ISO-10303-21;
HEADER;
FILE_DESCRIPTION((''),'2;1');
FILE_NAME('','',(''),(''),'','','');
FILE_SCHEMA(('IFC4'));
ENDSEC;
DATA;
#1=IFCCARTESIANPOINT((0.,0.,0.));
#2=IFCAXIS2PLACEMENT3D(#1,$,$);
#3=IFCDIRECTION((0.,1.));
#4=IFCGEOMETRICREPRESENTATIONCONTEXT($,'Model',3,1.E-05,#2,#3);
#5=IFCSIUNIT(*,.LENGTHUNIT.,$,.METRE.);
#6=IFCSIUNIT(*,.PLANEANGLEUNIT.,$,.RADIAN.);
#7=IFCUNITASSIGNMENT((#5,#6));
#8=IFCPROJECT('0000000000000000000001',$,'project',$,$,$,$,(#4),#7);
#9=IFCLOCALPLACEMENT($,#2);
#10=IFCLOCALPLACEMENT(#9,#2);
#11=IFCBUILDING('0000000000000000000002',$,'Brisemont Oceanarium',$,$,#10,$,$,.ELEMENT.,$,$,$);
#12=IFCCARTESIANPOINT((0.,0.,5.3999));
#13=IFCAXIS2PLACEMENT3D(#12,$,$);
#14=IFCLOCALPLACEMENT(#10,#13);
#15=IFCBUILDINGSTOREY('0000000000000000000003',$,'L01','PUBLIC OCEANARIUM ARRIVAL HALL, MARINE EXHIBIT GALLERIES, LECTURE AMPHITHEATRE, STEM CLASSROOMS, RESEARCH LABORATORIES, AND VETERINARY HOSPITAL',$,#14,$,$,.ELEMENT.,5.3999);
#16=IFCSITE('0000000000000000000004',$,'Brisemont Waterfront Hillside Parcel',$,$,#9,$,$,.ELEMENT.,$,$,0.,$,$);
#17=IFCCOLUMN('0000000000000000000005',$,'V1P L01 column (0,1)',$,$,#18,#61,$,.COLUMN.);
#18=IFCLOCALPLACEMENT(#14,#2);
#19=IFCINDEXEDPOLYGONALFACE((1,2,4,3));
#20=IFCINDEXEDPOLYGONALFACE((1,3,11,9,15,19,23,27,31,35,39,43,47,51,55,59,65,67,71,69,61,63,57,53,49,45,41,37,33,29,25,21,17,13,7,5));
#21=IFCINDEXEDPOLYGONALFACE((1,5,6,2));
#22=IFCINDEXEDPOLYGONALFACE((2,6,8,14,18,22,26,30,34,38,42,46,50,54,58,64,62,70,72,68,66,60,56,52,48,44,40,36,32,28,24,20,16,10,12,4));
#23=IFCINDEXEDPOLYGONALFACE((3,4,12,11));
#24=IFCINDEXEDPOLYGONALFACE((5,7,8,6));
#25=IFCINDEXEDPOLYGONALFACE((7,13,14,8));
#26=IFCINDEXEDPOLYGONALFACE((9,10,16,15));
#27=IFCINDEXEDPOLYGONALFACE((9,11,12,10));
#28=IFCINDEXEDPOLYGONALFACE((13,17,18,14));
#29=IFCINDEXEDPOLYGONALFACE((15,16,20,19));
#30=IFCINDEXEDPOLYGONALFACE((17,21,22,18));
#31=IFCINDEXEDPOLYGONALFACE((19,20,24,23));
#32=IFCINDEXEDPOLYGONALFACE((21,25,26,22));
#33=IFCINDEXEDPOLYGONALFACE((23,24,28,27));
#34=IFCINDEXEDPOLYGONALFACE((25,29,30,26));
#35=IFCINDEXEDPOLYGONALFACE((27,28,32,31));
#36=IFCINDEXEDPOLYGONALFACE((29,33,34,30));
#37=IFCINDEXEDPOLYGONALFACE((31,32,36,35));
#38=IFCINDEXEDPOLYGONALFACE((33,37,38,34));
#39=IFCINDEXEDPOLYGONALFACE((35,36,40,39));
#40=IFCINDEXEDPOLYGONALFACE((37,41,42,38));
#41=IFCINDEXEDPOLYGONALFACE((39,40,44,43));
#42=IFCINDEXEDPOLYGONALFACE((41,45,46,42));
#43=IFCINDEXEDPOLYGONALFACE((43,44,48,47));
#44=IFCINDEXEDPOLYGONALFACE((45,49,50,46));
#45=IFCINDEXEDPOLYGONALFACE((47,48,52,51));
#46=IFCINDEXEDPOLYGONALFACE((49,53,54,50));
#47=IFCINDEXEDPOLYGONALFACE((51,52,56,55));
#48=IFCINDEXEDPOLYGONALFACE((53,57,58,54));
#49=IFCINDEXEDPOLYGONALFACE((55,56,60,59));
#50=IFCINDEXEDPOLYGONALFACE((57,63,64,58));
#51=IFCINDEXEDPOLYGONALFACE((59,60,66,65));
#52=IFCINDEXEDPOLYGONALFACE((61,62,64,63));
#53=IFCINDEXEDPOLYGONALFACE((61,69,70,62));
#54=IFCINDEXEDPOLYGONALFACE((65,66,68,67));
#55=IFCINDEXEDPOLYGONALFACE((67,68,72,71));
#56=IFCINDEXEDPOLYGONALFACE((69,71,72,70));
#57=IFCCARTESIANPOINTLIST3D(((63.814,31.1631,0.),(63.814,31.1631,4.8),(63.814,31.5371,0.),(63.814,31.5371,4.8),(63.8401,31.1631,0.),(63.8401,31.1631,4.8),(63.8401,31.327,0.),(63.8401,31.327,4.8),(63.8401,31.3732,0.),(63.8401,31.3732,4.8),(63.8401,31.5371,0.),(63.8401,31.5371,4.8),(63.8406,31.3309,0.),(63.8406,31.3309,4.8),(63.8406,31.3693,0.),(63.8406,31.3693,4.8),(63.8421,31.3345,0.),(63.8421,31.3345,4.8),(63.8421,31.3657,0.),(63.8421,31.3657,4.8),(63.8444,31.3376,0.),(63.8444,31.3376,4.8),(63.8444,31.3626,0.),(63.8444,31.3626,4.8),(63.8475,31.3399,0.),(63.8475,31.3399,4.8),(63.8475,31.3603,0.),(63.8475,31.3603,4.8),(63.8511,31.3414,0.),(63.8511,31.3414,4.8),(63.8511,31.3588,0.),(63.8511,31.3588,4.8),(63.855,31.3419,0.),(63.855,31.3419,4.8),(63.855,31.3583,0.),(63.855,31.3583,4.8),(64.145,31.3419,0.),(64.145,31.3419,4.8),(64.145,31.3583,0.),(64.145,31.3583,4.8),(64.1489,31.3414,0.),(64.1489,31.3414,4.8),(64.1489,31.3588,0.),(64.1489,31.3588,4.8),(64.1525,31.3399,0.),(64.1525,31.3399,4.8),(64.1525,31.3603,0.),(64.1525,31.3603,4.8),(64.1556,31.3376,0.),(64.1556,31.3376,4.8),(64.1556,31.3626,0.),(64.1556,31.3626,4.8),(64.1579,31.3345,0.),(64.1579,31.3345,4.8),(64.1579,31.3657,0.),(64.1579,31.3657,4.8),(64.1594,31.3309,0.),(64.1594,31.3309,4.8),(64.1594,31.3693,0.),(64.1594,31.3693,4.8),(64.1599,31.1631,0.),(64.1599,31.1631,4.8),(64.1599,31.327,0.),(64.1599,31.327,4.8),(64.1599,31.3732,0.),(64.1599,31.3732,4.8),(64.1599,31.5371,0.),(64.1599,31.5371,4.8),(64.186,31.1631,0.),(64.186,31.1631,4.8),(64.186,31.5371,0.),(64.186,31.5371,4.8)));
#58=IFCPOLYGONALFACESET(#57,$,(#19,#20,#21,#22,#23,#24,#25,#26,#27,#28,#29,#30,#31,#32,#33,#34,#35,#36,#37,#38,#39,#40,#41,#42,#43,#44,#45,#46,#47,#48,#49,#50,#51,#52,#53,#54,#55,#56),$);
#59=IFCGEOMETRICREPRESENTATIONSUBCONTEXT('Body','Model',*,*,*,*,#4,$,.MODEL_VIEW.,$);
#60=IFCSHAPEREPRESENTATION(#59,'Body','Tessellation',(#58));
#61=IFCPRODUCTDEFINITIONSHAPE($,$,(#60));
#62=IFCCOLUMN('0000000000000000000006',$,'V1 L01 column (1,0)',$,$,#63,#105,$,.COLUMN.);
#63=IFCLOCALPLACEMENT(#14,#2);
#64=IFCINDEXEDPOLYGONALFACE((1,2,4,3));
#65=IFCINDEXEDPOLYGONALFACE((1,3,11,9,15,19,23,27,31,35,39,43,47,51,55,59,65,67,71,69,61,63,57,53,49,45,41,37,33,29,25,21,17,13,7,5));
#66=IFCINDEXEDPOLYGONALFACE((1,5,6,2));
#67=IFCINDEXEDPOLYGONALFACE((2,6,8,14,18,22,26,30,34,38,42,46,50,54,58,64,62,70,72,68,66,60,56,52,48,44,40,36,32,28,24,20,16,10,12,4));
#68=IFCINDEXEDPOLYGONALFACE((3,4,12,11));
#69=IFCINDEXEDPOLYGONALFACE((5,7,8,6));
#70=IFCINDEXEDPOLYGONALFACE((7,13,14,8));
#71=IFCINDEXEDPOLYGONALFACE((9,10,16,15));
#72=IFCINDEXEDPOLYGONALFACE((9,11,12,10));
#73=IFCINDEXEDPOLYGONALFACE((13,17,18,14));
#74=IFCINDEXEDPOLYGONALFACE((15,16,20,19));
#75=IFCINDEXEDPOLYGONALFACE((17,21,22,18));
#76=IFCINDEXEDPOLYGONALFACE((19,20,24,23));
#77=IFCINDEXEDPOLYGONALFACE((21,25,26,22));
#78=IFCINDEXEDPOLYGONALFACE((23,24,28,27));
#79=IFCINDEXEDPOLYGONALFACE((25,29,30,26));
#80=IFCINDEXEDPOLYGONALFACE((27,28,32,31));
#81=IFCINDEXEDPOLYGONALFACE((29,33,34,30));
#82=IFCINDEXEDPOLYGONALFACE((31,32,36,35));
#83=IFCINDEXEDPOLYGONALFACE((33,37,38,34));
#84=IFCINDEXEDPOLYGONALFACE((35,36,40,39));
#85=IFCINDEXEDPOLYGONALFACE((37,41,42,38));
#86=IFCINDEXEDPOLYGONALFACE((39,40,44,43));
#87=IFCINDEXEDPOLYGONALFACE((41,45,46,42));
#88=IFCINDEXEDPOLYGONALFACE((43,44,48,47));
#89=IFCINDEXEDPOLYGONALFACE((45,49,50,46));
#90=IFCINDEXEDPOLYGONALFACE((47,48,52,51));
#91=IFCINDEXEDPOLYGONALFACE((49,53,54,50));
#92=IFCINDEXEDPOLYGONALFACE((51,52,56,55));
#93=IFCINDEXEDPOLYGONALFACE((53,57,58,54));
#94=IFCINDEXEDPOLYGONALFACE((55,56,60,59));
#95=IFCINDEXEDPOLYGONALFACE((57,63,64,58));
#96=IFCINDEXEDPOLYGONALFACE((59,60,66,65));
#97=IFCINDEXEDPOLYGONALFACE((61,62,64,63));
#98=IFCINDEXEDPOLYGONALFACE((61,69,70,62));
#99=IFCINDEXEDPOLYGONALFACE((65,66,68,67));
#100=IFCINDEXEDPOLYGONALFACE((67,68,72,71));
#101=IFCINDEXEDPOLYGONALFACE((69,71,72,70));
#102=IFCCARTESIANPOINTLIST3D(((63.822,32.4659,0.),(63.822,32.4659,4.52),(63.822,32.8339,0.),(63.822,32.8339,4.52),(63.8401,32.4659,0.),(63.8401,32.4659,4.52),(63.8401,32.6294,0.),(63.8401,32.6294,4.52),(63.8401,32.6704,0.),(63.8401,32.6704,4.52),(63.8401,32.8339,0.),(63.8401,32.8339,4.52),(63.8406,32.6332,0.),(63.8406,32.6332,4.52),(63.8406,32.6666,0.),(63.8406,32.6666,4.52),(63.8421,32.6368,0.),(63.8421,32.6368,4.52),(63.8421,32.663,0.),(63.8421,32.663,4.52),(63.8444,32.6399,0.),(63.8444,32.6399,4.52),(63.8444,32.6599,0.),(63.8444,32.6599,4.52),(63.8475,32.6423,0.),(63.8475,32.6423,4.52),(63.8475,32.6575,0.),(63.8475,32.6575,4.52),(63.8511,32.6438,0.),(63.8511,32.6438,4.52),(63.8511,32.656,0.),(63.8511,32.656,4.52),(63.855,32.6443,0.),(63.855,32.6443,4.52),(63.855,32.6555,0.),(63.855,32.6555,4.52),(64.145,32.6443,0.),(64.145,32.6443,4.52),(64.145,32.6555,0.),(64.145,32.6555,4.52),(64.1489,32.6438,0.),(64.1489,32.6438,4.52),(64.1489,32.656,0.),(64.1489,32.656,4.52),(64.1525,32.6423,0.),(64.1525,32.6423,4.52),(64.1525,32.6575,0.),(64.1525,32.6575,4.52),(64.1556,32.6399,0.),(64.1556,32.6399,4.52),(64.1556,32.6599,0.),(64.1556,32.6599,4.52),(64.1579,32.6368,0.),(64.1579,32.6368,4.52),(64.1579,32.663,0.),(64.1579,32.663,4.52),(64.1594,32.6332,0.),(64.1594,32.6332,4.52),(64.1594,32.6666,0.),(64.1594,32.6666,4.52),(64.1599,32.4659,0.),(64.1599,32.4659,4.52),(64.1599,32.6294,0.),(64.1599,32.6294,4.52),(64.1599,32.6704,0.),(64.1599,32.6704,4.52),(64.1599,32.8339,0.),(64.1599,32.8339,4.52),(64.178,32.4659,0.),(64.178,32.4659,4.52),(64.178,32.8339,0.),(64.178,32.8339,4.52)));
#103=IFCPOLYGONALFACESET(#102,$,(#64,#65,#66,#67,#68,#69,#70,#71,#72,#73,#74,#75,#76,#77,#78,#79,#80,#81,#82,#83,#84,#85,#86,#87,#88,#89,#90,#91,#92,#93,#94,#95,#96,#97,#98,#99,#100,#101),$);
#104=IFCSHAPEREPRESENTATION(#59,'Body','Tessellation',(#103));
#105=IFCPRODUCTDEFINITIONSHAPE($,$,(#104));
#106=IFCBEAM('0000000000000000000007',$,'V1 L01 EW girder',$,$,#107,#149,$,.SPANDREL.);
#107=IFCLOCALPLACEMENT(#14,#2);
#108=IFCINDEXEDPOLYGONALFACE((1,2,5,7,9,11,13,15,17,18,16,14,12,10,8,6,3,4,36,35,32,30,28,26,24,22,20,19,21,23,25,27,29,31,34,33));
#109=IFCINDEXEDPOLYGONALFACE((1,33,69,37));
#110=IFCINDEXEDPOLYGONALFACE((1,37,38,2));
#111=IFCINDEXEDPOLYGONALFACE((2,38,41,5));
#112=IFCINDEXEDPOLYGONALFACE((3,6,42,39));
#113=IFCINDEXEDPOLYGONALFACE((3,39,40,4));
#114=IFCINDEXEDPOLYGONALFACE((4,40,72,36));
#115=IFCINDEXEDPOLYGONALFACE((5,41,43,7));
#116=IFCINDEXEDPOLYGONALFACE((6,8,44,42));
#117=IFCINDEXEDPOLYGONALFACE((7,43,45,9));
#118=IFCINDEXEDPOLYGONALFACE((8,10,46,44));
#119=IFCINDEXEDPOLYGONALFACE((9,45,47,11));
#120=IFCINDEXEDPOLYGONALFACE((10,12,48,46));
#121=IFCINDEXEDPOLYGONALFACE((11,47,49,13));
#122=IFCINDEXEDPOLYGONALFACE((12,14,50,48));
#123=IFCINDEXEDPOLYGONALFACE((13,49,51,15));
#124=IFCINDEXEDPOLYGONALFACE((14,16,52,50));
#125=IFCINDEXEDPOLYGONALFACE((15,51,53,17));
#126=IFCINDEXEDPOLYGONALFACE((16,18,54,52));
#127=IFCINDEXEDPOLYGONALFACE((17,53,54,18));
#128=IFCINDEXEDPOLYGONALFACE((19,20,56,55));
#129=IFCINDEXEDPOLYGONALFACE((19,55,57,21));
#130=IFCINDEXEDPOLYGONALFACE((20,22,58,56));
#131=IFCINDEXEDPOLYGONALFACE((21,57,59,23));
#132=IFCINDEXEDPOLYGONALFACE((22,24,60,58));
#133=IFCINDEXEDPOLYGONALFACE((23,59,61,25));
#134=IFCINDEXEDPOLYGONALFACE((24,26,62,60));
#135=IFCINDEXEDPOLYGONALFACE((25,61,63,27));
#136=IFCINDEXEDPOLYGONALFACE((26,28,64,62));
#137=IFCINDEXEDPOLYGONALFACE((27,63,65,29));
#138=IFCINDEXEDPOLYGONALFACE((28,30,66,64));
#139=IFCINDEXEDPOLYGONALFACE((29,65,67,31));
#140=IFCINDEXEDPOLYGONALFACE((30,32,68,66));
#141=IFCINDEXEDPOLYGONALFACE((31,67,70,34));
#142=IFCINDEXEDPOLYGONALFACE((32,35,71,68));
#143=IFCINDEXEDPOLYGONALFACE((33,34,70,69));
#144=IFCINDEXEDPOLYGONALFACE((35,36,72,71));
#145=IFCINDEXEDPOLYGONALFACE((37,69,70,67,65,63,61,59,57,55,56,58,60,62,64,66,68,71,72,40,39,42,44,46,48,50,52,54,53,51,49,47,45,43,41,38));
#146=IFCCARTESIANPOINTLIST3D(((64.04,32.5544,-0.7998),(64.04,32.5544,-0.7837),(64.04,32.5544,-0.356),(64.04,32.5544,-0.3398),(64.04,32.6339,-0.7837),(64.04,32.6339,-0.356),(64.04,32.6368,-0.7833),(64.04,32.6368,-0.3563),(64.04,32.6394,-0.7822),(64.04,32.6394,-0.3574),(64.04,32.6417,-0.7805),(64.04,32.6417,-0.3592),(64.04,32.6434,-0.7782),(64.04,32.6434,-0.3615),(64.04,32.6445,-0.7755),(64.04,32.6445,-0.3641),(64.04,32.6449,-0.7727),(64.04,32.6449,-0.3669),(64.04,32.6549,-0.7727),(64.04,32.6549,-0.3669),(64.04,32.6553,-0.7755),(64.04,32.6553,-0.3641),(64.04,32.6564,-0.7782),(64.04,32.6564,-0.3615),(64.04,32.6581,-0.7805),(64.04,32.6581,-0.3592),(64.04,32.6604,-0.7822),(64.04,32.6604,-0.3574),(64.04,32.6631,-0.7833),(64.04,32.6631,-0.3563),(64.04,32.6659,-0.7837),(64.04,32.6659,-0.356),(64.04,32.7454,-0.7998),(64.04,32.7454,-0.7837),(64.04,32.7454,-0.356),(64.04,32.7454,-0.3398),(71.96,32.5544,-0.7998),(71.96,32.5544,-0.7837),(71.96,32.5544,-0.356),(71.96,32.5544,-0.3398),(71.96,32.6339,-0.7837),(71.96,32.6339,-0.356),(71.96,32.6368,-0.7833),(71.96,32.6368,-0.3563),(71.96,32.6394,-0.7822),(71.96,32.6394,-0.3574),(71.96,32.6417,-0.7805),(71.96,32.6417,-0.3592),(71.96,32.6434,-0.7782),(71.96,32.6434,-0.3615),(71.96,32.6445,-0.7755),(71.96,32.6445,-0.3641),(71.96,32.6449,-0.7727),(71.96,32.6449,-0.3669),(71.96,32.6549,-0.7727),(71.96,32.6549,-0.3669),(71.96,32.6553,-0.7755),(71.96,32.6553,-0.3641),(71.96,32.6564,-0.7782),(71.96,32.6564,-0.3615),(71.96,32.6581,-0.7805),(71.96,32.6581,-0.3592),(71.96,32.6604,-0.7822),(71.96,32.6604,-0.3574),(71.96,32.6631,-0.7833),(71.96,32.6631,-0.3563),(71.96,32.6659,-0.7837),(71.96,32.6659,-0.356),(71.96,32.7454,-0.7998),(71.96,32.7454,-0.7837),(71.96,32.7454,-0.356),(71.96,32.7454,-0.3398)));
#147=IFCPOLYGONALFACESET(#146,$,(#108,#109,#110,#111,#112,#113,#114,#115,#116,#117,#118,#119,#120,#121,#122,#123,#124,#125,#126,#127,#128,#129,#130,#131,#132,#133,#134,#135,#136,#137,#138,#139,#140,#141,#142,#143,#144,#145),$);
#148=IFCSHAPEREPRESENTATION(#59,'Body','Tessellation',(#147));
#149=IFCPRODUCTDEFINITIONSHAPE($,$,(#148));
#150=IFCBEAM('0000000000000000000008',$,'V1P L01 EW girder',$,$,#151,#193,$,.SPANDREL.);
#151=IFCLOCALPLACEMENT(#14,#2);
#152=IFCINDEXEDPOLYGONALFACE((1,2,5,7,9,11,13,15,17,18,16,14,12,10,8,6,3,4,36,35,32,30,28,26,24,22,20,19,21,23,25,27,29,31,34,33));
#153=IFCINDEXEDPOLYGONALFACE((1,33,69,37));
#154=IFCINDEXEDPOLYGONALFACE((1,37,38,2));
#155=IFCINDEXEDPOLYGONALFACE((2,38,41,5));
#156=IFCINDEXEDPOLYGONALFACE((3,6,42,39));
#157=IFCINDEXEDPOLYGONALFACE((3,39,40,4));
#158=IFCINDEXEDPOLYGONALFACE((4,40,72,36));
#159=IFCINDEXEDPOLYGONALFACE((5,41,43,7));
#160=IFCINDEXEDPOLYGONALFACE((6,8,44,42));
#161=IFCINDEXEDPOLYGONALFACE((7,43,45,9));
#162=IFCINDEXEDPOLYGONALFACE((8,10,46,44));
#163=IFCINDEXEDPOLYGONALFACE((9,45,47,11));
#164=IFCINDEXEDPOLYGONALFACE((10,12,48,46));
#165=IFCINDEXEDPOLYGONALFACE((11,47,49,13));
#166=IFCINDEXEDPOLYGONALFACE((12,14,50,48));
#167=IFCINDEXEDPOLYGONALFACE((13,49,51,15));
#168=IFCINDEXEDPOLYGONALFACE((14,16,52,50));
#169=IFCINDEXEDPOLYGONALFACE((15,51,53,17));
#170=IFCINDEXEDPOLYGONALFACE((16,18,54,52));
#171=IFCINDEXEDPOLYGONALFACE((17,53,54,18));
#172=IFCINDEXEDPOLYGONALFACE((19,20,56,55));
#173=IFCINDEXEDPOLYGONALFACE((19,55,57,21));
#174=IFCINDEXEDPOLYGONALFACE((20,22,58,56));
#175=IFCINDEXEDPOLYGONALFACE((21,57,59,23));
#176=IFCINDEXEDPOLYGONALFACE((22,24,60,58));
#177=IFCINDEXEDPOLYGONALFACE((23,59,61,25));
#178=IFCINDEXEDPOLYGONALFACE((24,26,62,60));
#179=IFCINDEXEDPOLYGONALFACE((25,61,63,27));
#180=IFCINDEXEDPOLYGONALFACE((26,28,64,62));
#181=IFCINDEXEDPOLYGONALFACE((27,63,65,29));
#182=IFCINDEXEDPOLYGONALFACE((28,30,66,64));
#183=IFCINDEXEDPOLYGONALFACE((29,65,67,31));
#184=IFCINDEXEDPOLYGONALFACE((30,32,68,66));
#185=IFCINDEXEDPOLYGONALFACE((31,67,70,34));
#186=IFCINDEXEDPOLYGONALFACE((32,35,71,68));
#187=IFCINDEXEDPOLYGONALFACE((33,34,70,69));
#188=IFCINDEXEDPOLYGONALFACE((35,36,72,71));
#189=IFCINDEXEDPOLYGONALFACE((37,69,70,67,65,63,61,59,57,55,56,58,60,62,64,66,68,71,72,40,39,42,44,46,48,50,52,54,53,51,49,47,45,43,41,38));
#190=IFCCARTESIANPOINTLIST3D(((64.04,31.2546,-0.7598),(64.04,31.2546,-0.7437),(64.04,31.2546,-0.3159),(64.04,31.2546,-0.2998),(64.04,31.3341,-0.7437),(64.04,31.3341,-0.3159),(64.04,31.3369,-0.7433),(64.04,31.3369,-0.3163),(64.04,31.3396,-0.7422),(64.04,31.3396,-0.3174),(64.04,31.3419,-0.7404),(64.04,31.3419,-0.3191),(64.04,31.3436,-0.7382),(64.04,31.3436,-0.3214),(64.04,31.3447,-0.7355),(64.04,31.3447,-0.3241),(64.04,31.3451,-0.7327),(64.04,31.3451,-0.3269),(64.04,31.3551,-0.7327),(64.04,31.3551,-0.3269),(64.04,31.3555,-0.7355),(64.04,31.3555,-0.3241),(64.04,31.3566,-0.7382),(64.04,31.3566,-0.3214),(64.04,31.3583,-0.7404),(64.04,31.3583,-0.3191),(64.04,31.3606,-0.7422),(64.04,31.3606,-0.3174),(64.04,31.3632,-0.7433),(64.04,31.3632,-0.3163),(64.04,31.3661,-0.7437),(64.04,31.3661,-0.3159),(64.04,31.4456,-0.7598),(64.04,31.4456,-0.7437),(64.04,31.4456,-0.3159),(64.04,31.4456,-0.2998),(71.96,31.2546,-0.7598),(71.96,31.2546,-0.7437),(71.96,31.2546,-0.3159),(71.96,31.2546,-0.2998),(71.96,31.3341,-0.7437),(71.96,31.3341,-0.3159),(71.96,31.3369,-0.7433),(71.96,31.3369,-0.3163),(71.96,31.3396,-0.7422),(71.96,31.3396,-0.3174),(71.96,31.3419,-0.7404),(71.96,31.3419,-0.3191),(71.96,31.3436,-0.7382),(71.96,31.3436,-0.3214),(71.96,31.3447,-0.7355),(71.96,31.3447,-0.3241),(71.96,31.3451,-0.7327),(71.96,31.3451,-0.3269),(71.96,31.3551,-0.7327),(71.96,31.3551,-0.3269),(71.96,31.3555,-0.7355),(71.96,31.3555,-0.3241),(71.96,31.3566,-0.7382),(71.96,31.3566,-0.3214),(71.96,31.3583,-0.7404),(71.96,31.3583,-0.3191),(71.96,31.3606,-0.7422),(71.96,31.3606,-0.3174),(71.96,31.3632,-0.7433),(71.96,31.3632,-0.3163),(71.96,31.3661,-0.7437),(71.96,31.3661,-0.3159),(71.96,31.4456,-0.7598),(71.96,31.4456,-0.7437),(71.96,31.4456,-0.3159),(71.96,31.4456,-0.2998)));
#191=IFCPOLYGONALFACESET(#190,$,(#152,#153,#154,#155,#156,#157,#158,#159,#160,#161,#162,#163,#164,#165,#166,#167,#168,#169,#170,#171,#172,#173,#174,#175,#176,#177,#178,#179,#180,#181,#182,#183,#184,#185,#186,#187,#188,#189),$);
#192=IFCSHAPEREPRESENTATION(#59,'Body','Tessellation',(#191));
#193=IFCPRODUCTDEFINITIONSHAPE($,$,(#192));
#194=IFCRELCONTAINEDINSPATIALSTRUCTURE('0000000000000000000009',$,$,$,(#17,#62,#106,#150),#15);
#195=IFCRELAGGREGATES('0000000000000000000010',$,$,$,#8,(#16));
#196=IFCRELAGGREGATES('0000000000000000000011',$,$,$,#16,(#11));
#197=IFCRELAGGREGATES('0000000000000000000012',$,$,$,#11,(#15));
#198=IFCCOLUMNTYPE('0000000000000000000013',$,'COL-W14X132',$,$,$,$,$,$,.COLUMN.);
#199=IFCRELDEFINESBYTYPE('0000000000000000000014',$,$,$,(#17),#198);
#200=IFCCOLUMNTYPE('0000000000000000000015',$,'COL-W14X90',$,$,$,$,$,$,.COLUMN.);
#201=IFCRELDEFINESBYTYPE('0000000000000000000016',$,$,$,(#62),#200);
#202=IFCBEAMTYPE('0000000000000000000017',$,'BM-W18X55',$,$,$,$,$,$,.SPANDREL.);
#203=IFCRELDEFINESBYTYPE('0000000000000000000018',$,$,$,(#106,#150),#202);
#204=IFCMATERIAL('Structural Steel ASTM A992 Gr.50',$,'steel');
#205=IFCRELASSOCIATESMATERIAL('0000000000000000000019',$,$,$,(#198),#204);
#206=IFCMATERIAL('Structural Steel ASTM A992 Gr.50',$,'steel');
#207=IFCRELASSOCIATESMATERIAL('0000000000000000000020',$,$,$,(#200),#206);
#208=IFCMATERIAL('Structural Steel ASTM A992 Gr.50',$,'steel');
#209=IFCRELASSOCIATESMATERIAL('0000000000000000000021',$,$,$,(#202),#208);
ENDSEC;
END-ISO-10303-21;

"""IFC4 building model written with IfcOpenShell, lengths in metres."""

from ifc_helpers import new_model, si_unit, direction, frame, origin, origin_2d, place, context, subcontext, project, spatial, i_section, extrude, material, material_profile, profile_set, type_object, element, save


model = new_model("IFC4")

# Units and contexts
model_context = context("Model", 3, precision=1e-05, world=origin(), true_north=direction((0.0, 1.0)))
body_context = subcontext(model_context, "Body", "Model", "MODEL_VIEW")
ifc_project = project(units=[si_unit("LENGTHUNIT", "METRE"), si_unit("PLANEANGLEUNIT", "RADIAN")], contexts=[model_context])

# Site, building, storey
site_placement = place(None, origin())
site = spatial("IfcSite", under=ifc_project, at=site_placement, Name="Brisemont Waterfront Hillside Parcel", CompositionType="ELEMENT", RefElevation=0.0)
building_placement = place(site_placement, origin())
building = spatial("IfcBuilding", under=site, at=building_placement, Name="Brisemont Oceanarium", CompositionType="ELEMENT")
storey_placement = place(building_placement, frame((0.0, 0.0, 5.3999)))
storey = spatial("IfcBuildingStorey", under=building, at=storey_placement, Name="L01", Description="PUBLIC OCEANARIUM ARRIVAL HALL, MARINE EXHIBIT GALLERIES, LECTURE AMPHITHEATRE, STEM CLASSROOMS, RESEARCH LABORATORIES, AND VETERINARY HOSPITAL", CompositionType="ELEMENT", Elevation=5.3999)

# Columns
ifc_material_1 = material(Name="Structural Steel ASTM A992 Gr.50", Category="steel")
ifc_material_profile_1 = material_profile(ifc_material_1, i_section(OverallWidth=0.374, OverallDepth=0.3721, WebThickness=0.0164, FlangeThickness=0.0261, FilletRadius=0.0149, at=origin_2d()), Name="W14X132")
ifc_profile_set_1 = profile_set([ifc_material_profile_1], Name="Structural Steel ASTM A992 Gr.50")
column_type_1 = type_object("IfcColumnType", Name="COL-W14X132", PredefinedType="COLUMN", material=ifc_profile_set_1)
column_1_placement = place(storey_placement, frame((64.0, 31.3501, 0.0), z_axis=(0.0, 0.0, 1.0), x_axis=(0.0, 1.0, 0.0)))
element("IfcColumn", 1, at=column_1_placement, inside=storey, type_object=column_type_1, Name="V1P L01 column (0,1)", PredefinedType="COLUMN", context=body_context, shape_type="SweptSolid", body=[
    extrude(i_section(OverallWidth=0.374, OverallDepth=0.3721, WebThickness=0.0164, FlangeThickness=0.0261, FilletRadius=0.0149, at=origin_2d()), origin(), (0.0, 0.0, 1.0), 4.8),
])
ifc_material_2 = material(Name="Structural Steel ASTM A992 Gr.50", Category="steel")
ifc_material_profile_2 = material_profile(ifc_material_2, i_section(OverallWidth=0.3679, OverallDepth=0.356, WebThickness=0.0112, FlangeThickness=0.0181, FilletRadius=0.0149, at=origin_2d()), Name="W14X90")
ifc_profile_set_2 = profile_set([ifc_material_profile_2], Name="Structural Steel ASTM A992 Gr.50")
column_type_2 = type_object("IfcColumnType", Name="COL-W14X90", PredefinedType="COLUMN", material=ifc_profile_set_2)
column_2_placement = place(storey_placement, frame((64.0, 32.6499, 0.0), z_axis=(0.0, 0.0, 1.0), x_axis=(0.0, 1.0, 0.0)))
element("IfcColumn", 2, at=column_2_placement, inside=storey, type_object=column_type_2, Name="V1 L01 column (1,0)", PredefinedType="COLUMN", context=body_context, shape_type="SweptSolid", body=[
    extrude(i_section(OverallWidth=0.3679, OverallDepth=0.356, WebThickness=0.0112, FlangeThickness=0.0181, FilletRadius=0.0149, at=origin_2d()), origin(), (0.0, 0.0, 1.0), 4.52),
])

# Beams
ifc_material_3 = material(Name="Structural Steel ASTM A992 Gr.50", Category="steel")
ifc_material_profile_3 = material_profile(ifc_material_3, i_section(OverallWidth=0.1909, OverallDepth=0.46, WebThickness=0.01, FlangeThickness=0.0161, FilletRadius=0.011, at=origin_2d()), Name="W18X55")
ifc_profile_set_3 = profile_set([ifc_material_profile_3], Name="Structural Steel ASTM A992 Gr.50")
beam_type_1 = type_object("IfcBeamType", Name="BM-W18X55", PredefinedType="SPANDREL", material=ifc_profile_set_3)
for number, where, z_axis, x_axis, name in (
    (3, (64.04, 32.6499, -0.5698), (1.0, 0.0, 0.0), (0.0, 1.0, 0.0), "V1 L01 EW girder"),
    (4, (64.04, 31.3501, -0.5298), (1.0, 0.0, 0.0), (0.0, 1.0, 0.0), "V1P L01 EW girder"),
):
    element("IfcBeam", number, at=place(storey_placement, frame(where, z_axis=z_axis, x_axis=x_axis)), inside=storey, type_object=beam_type_1, Name=name, PredefinedType="SPANDREL", context=body_context, shape_type="SweptSolid", body=[
        extrude(i_section(OverallWidth=0.1909, OverallDepth=0.46, WebThickness=0.01, FlangeThickness=0.0161, FilletRadius=0.011, at=origin_2d()), origin(), (0.0, 0.0, 1.0), 7.9199),
    ])

save(model, "model.ifc")
